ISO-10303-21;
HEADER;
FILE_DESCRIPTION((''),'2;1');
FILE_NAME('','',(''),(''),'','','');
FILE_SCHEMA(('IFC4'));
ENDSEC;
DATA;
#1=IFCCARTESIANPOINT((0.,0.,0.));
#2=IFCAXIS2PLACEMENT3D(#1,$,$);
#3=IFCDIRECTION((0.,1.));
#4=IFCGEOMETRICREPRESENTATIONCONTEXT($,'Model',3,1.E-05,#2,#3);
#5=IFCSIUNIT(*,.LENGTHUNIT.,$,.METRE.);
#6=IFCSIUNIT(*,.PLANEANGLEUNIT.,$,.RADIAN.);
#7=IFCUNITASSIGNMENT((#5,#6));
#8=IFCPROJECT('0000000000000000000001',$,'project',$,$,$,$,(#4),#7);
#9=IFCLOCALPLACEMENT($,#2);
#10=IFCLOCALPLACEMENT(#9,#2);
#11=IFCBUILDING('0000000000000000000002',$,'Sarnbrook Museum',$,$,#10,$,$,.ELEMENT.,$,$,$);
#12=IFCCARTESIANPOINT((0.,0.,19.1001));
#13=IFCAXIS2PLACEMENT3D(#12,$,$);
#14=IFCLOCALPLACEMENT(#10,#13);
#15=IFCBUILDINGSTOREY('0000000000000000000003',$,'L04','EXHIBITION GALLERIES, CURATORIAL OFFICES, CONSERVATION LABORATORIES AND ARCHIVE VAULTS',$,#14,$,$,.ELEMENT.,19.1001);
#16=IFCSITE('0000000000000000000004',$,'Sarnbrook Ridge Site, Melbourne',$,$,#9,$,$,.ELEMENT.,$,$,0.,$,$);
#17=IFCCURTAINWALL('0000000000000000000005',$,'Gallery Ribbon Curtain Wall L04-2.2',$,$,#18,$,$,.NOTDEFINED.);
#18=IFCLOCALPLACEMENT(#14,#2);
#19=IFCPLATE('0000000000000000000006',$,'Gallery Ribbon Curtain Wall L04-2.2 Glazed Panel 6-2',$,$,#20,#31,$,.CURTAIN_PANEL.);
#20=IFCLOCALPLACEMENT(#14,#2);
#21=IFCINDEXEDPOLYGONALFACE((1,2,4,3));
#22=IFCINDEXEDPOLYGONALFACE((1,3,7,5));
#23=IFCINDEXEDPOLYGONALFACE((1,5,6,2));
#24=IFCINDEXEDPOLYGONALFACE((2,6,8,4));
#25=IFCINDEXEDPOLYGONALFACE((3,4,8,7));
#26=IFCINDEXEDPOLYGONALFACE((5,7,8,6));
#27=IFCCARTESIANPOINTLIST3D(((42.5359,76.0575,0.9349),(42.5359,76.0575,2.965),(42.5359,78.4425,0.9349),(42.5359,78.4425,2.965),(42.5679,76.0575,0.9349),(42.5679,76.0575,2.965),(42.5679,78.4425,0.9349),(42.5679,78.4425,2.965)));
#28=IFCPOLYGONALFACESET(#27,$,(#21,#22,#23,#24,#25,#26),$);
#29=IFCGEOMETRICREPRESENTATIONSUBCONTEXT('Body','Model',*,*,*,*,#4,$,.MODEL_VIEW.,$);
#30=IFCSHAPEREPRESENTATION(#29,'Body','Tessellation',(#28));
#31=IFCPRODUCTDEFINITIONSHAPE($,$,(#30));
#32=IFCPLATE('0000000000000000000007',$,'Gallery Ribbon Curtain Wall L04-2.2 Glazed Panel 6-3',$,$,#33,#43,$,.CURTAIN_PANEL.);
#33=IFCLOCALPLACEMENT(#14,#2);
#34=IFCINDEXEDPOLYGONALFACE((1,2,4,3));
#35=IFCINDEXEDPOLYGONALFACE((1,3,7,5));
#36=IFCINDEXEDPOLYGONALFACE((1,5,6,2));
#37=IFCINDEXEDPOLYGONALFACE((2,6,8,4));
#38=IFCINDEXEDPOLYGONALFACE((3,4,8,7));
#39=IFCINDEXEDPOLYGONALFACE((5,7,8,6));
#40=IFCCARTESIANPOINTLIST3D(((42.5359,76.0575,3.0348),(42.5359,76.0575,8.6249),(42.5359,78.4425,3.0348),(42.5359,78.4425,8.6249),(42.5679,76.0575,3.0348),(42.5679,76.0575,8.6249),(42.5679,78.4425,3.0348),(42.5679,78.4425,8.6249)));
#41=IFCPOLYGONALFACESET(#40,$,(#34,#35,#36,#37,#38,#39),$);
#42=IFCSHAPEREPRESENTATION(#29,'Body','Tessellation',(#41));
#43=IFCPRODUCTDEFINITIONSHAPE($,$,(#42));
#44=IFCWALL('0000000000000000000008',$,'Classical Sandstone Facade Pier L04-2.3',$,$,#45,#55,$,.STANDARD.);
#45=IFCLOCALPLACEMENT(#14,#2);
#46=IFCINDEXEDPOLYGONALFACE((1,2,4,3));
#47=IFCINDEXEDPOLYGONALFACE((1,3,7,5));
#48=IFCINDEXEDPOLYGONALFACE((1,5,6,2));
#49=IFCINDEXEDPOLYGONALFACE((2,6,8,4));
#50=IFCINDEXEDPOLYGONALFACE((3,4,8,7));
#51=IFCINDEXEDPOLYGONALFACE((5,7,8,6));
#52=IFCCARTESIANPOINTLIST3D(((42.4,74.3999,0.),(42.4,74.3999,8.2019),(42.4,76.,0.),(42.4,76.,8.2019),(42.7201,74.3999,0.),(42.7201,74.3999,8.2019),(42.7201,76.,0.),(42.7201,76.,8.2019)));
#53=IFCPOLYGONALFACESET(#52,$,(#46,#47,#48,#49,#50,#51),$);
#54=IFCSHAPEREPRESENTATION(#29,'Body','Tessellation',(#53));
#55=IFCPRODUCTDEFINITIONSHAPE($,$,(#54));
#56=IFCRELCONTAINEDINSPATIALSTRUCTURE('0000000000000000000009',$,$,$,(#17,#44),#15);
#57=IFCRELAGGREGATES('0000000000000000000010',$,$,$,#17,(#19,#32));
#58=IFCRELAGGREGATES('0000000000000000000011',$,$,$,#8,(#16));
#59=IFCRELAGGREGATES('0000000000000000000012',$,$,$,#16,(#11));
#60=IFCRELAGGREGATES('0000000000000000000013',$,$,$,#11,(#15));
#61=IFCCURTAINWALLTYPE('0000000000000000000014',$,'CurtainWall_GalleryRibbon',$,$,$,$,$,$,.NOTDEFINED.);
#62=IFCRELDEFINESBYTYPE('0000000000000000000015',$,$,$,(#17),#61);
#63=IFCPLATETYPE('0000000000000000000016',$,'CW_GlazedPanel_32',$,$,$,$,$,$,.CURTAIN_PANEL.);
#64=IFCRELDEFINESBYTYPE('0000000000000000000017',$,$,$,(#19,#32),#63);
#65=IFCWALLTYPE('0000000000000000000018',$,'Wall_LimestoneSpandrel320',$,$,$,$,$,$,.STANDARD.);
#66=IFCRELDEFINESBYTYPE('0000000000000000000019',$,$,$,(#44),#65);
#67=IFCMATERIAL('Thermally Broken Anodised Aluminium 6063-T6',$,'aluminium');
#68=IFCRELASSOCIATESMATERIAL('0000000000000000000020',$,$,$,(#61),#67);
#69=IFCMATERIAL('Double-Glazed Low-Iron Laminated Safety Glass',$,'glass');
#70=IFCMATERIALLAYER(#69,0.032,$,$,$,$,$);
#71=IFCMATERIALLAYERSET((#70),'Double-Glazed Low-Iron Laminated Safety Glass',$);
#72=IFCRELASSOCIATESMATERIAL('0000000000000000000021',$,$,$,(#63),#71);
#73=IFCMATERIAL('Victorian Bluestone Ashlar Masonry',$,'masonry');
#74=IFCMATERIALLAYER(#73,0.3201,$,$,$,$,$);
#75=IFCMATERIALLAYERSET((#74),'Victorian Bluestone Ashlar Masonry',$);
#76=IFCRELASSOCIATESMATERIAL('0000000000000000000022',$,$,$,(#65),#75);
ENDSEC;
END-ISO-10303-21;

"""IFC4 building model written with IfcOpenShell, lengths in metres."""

from ifc_helpers import new_model, si_unit, direction, frame, frame_2d, origin, origin_2d, place, context, subcontext, project, spatial, rectangle, extrude, material, layer, layer_set, type_object, element, aggregate, save


model = new_model("IFC4")

# Units and contexts
model_context = context("Model", 3, precision=1e-05, world=origin(), true_north=direction((0.0, 1.0)))
body_context = subcontext(model_context, "Body", "Model", "MODEL_VIEW")
ifc_project = project(units=[si_unit("LENGTHUNIT", "METRE"), si_unit("PLANEANGLEUNIT", "RADIAN")], contexts=[model_context])

# Site, building, storey
site_placement = place(None, origin())
site = spatial("IfcSite", under=ifc_project, at=site_placement, Name="Sarnbrook Ridge Site, Melbourne", CompositionType="ELEMENT", RefElevation=0.0)
building_placement = place(site_placement, origin())
building = spatial("IfcBuilding", under=site, at=building_placement, Name="Sarnbrook Museum", CompositionType="ELEMENT")
storey_placement = place(building_placement, frame((0.0, 0.0, 19.1001)))
storey = spatial("IfcBuildingStorey", under=building, at=storey_placement, Name="L04", Description="EXHIBITION GALLERIES, CURATORIAL OFFICES, CONSERVATION LABORATORIES AND ARCHIVE VAULTS", CompositionType="ELEMENT", Elevation=19.1001)

# Curtain wall, plates
ifc_material_1 = material(Name="Thermally Broken Anodised Aluminium 6063-T6", Category="aluminium")
curtain_wall_type = type_object("IfcCurtainWallType", Name="CurtainWall_GalleryRibbon", PredefinedType="NOTDEFINED", material=ifc_material_1)
curtain_wall_placement = place(storey_placement, origin())
curtain_wall = element("IfcCurtainWall", 1, at=curtain_wall_placement, inside=storey, type_object=curtain_wall_type, Name="Gallery Ribbon Curtain Wall L04-2.2", PredefinedType="NOTDEFINED")
ifc_material_2 = material(Name="Double-Glazed Low-Iron Laminated Safety Glass", Category="glass")
ifc_layer_1 = layer(ifc_material_2, 0.032)
ifc_layer_set_1 = layer_set([ifc_layer_1], Name="Double-Glazed Low-Iron Laminated Safety Glass")
plate_type = type_object("IfcPlateType", Name="CW_GlazedPanel_32", PredefinedType="CURTAIN_PANEL", material=ifc_layer_set_1)
plate_1_placement = place(storey_placement, frame((42.5679, 77.25, 1.95), z_axis=(-1.0, 0.0, 0.0), x_axis=(0.0, -1.0, 0.0)))
plate_1 = element("IfcPlate", 2, at=plate_1_placement, type_object=plate_type, Name="Gallery Ribbon Curtain Wall L04-2.2 Glazed Panel 6-2", PredefinedType="CURTAIN_PANEL", context=body_context, shape_type="SweptSolid", body=[
    extrude(rectangle(XDim=2.385, YDim=2.03, at=origin_2d()), origin(), (0.0, 0.0, 1.0), 0.032),
])
plate_2_placement = place(storey_placement, frame((42.5679, 77.25, 5.8298), z_axis=(-1.0, 0.0, 0.0), x_axis=(0.0, -1.0, 0.0)))
plate_2 = element("IfcPlate", 3, at=plate_2_placement, type_object=plate_type, Name="Gallery Ribbon Curtain Wall L04-2.2 Glazed Panel 6-3", PredefinedType="CURTAIN_PANEL", context=body_context, shape_type="SweptSolid", body=[
    extrude(rectangle(XDim=2.385, YDim=5.5901, at=origin_2d()), origin(), (0.0, 0.0, 1.0), 0.032),
])
aggregate(curtain_wall, [plate_1, plate_2])

# Wall
ifc_material_3 = material(Name="Victorian Bluestone Ashlar Masonry", Category="masonry")
ifc_layer_2 = layer(ifc_material_3, 0.3201)
ifc_layer_set_2 = layer_set([ifc_layer_2], Name="Victorian Bluestone Ashlar Masonry")
wall_type = type_object("IfcWallType", Name="Wall_LimestoneSpandrel320", PredefinedType="STANDARD", material=ifc_layer_set_2)
wall_1_placement = place(storey_placement, frame((42.5601, 76.0, 0.0), z_axis=(0.0, 0.0, 1.0), x_axis=(0.0, -1.0, 0.0)))
element("IfcWall", 4, at=wall_1_placement, inside=storey, type_object=wall_type, Name="Classical Sandstone Facade Pier L04-2.3", PredefinedType="STANDARD", context=body_context, shape_type="SweptSolid", body=[
    extrude(rectangle(XDim=1.6001, YDim=0.3201, at=frame_2d((0.8, 0.0))), origin(), (0.0, 0.0, 1.0), 8.2019),
])

save(model, "model.ifc")
